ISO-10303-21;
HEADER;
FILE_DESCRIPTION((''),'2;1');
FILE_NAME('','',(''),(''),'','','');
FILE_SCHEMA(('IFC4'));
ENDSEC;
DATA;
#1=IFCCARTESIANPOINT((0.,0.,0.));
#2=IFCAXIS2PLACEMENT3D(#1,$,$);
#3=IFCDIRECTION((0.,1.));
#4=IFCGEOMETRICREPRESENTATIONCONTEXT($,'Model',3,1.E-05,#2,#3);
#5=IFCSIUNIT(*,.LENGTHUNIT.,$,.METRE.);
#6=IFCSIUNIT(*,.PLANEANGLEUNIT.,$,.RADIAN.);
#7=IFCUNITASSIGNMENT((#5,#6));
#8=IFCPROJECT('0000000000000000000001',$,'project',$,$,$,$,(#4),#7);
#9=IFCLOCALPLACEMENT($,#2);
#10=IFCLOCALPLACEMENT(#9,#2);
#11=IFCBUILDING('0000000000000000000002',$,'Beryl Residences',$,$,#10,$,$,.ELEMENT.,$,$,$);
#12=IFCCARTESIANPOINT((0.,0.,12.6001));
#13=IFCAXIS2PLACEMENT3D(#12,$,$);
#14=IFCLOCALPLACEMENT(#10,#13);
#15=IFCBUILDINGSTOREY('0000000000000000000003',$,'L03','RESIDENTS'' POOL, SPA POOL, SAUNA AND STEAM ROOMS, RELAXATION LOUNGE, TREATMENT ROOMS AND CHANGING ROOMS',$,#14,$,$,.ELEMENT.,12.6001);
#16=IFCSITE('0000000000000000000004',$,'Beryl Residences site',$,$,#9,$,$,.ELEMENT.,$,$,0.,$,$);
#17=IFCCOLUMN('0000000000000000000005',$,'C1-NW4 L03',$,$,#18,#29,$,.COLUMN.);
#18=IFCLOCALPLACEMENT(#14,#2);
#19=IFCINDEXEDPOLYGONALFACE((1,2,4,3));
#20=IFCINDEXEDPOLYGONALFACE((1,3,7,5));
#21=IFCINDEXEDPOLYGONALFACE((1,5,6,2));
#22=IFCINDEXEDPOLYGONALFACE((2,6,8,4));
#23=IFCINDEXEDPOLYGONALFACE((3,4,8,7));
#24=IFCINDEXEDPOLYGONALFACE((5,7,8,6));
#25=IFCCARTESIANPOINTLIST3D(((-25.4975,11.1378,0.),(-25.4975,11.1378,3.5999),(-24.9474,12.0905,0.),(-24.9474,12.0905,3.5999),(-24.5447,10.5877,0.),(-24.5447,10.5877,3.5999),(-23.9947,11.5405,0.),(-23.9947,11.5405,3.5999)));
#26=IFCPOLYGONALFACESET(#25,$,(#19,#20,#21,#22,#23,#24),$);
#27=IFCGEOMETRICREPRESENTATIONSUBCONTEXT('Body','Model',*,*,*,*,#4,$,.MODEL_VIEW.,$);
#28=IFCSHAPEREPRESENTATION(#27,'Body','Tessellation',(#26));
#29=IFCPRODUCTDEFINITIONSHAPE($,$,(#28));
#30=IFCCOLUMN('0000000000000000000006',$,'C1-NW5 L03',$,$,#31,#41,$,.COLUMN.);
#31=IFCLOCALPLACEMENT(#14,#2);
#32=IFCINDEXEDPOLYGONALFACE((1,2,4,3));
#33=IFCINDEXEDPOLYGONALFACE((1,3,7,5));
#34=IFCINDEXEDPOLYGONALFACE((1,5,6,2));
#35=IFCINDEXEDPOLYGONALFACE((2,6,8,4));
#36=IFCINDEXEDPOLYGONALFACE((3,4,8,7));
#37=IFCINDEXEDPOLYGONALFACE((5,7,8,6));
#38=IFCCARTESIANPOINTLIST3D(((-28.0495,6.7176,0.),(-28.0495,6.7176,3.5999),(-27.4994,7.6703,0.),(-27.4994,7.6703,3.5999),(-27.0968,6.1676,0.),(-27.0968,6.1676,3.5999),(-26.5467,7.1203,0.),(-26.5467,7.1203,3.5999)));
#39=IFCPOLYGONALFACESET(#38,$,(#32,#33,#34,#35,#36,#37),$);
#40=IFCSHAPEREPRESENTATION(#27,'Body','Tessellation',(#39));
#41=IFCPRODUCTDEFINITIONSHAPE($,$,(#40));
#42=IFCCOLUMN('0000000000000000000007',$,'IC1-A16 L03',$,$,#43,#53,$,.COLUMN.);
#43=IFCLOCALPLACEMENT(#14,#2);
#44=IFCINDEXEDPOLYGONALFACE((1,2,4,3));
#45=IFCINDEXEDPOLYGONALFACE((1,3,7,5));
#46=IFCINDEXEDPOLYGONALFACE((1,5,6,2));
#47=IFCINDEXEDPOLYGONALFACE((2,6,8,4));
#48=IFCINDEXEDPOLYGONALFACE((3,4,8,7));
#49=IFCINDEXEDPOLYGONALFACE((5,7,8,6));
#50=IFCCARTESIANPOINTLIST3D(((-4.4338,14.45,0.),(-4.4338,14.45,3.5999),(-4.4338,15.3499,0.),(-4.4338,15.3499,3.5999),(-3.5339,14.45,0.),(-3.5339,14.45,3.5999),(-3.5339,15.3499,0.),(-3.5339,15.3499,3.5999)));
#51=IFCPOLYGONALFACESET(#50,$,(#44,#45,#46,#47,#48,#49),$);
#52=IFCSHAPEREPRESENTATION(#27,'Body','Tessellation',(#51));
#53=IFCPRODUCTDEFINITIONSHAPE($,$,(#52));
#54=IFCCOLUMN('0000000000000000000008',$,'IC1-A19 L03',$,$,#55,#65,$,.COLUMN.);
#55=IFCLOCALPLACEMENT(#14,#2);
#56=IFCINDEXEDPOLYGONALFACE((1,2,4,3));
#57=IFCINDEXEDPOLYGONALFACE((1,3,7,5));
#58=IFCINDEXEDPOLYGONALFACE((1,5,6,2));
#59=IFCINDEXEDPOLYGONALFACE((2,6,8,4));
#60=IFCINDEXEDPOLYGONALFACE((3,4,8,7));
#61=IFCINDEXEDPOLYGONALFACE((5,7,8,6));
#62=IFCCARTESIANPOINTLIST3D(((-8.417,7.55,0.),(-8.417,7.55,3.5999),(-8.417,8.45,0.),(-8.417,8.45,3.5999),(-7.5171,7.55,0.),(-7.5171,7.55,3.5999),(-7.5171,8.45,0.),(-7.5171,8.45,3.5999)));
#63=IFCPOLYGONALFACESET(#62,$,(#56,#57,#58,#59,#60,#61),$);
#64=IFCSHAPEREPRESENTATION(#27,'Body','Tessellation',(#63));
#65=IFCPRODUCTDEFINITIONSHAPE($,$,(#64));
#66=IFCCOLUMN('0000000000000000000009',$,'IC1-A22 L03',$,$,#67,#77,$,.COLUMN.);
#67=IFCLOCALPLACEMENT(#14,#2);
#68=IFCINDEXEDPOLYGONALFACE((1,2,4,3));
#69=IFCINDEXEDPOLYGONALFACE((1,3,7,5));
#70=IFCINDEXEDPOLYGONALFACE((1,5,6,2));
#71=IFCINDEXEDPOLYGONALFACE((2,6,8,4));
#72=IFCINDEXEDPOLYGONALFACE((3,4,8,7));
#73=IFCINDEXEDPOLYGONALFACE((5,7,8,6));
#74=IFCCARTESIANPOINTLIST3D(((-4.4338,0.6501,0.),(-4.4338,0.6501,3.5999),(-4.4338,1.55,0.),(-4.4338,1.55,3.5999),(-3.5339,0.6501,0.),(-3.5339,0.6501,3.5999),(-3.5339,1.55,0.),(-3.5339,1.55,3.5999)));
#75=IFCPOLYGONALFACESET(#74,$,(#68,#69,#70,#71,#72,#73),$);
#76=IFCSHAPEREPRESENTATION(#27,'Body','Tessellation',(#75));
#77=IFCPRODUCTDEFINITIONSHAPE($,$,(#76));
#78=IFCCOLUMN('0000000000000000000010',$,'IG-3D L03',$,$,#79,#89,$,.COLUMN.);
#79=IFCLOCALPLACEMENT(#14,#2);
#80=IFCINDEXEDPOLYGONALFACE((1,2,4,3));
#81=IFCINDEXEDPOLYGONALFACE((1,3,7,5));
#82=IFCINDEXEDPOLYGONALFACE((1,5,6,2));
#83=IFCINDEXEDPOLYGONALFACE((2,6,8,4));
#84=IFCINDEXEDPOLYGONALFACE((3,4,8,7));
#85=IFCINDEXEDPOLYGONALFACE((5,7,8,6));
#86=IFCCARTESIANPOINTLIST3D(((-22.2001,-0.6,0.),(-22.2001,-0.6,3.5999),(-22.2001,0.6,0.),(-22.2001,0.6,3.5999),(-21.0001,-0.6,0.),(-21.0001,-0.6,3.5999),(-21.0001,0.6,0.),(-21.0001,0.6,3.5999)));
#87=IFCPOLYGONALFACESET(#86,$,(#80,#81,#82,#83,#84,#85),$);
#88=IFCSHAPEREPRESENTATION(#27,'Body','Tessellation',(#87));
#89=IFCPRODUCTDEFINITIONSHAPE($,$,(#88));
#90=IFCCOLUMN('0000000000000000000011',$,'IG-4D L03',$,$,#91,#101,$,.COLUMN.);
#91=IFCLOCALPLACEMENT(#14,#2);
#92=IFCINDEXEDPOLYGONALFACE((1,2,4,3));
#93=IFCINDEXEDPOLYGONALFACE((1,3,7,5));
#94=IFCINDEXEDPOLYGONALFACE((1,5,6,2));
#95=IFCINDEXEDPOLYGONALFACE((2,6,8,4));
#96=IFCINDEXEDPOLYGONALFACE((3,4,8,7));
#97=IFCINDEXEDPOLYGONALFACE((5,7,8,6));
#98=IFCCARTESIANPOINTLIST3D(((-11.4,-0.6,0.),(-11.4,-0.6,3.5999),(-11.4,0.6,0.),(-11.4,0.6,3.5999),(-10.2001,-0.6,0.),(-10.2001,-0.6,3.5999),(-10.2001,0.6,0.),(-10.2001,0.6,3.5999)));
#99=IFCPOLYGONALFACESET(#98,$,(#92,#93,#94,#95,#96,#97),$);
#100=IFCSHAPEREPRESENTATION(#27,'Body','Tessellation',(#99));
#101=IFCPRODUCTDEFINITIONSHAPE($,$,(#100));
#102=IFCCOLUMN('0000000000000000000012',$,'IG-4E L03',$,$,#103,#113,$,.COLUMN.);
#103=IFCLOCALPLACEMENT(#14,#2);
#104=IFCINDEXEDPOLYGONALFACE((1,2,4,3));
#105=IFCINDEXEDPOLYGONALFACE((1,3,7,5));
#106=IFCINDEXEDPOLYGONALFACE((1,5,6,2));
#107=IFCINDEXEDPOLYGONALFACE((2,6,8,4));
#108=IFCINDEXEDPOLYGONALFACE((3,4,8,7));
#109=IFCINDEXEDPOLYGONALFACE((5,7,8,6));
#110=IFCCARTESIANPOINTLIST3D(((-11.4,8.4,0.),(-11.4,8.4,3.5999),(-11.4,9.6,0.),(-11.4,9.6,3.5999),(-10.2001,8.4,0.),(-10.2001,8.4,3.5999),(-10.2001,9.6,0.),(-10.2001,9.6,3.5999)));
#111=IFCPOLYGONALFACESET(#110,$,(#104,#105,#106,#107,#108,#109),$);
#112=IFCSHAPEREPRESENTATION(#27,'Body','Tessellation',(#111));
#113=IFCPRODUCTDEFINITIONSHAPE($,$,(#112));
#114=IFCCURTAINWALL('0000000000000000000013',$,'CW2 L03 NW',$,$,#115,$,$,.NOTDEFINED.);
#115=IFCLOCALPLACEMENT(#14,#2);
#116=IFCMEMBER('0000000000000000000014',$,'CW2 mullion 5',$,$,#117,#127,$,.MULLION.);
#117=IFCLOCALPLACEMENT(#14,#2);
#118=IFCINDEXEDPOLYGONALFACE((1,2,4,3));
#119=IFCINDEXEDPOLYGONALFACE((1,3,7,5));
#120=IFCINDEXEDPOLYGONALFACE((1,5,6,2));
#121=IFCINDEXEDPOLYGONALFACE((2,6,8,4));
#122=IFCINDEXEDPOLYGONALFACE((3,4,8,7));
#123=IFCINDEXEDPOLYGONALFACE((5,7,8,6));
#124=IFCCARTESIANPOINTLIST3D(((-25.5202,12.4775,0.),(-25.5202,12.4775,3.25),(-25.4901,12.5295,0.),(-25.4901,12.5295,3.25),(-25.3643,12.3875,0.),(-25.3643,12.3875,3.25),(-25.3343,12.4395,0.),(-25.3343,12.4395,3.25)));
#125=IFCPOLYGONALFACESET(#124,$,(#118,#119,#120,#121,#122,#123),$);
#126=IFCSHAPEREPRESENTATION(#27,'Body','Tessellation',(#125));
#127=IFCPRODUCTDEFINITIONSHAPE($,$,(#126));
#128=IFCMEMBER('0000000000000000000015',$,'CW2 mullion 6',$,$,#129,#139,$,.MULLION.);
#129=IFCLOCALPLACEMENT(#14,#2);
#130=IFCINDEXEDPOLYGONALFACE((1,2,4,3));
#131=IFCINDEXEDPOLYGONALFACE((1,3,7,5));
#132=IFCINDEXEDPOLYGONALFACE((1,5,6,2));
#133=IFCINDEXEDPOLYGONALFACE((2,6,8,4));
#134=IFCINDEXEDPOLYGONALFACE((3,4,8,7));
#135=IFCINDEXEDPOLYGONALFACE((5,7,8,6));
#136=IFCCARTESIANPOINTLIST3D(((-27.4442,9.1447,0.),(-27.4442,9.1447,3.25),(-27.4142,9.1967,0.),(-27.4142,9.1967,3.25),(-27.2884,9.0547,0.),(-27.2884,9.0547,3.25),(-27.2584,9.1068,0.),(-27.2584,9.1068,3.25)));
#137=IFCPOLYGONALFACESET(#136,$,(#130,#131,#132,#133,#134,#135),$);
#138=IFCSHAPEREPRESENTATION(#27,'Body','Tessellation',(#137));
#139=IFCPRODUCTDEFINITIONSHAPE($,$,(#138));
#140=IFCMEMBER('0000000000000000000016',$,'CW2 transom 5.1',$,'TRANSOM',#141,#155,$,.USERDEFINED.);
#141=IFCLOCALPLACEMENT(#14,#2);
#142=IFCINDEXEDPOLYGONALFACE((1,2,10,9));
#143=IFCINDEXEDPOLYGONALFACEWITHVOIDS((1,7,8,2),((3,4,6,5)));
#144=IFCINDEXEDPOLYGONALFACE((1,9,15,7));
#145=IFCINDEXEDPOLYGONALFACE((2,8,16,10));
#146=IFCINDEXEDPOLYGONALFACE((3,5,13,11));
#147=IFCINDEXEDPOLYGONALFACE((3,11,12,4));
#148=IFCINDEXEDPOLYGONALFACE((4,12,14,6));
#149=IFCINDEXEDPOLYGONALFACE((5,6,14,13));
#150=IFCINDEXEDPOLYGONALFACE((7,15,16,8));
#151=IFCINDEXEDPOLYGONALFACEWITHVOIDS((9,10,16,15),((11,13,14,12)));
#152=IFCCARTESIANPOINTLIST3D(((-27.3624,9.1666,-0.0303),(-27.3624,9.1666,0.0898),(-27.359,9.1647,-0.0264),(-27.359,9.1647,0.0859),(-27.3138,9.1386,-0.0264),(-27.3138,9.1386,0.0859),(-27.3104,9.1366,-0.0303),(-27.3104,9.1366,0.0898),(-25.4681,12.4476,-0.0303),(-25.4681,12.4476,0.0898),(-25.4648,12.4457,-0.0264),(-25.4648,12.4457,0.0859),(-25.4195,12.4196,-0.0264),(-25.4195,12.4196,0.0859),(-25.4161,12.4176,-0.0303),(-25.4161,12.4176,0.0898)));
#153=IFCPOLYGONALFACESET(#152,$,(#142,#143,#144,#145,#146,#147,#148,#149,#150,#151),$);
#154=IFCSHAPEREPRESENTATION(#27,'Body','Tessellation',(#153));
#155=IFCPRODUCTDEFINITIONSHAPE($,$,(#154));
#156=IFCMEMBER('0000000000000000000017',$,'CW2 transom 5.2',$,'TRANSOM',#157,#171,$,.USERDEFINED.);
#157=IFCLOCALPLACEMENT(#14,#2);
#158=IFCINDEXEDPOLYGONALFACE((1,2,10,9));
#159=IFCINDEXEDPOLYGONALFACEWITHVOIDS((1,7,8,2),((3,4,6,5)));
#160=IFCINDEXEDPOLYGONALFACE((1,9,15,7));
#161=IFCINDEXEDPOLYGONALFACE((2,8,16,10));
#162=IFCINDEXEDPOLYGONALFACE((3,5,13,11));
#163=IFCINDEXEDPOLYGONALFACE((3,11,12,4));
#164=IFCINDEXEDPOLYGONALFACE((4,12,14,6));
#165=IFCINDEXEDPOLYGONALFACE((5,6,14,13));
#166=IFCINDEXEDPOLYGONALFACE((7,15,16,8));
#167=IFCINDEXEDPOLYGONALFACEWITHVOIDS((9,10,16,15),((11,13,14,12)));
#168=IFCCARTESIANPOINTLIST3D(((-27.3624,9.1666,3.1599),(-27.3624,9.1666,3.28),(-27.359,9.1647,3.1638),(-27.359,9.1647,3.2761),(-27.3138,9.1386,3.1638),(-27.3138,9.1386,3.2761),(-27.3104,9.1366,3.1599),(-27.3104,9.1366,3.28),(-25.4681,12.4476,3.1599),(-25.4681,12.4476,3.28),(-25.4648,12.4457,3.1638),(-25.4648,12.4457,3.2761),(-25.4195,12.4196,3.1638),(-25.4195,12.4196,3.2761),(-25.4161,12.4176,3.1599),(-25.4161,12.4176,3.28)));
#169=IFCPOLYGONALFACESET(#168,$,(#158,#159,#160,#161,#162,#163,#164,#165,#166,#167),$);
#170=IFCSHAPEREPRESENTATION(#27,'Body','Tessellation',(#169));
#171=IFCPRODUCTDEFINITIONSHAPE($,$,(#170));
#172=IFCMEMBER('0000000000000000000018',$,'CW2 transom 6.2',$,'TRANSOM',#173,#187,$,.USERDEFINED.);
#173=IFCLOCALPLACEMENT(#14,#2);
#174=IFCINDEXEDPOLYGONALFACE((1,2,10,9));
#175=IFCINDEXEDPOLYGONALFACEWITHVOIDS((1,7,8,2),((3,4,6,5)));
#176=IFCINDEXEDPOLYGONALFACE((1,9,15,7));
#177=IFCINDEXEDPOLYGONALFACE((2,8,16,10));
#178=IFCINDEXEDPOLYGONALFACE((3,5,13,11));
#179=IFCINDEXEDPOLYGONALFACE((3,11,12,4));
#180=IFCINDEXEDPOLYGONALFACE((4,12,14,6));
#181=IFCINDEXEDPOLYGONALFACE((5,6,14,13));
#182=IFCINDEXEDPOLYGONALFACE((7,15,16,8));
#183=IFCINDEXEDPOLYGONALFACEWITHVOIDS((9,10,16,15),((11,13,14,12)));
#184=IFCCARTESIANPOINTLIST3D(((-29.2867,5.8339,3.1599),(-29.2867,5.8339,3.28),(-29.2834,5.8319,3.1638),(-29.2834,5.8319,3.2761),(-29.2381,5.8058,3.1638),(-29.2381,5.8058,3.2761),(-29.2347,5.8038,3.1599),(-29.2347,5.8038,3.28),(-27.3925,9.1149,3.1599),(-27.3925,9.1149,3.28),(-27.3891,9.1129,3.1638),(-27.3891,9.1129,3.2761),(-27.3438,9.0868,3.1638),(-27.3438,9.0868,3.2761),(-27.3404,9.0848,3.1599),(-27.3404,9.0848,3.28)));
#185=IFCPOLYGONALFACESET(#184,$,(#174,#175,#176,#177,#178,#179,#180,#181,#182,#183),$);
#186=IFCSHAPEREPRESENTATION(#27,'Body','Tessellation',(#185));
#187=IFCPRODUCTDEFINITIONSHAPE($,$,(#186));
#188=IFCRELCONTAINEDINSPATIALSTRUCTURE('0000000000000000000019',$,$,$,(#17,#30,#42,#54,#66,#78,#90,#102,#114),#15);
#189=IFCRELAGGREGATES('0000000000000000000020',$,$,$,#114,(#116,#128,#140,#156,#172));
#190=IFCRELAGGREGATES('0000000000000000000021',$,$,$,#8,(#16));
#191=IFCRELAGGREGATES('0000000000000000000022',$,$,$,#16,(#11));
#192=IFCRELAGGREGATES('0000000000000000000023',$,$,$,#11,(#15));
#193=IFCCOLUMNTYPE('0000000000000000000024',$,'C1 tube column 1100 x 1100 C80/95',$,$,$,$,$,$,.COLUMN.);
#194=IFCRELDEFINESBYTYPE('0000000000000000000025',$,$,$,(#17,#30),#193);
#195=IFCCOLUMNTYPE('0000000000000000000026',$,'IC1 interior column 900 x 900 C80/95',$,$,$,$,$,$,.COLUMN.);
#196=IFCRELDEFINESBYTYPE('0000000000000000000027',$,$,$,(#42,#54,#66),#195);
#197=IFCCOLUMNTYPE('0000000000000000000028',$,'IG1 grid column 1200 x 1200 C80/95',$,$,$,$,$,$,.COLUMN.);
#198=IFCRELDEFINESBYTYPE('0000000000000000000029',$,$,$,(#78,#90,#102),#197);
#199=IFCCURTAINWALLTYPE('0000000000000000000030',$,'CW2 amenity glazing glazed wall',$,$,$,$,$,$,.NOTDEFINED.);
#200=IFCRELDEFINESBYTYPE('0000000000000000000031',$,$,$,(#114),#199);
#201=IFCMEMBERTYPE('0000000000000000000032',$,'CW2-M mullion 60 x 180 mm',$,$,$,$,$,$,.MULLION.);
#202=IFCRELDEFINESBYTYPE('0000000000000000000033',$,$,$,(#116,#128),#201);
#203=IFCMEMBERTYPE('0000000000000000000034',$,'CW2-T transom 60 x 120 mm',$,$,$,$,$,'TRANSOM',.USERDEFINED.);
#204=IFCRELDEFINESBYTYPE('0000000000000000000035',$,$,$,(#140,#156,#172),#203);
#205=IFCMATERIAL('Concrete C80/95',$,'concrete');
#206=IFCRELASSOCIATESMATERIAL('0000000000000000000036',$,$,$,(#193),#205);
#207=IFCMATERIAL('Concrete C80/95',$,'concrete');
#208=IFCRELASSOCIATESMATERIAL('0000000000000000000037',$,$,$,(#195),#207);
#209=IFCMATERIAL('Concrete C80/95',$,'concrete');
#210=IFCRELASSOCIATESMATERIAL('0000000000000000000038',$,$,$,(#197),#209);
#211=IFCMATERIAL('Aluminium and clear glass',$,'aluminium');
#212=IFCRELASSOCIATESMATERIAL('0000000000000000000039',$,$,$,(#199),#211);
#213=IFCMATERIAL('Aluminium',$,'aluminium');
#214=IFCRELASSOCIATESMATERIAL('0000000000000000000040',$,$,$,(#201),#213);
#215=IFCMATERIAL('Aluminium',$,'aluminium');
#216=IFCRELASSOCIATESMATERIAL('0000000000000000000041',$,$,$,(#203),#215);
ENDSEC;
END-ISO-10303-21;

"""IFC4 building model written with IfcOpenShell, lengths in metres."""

from ifc_helpers import new_model, si_unit, direction, frame, origin, origin_2d, place, context, subcontext, project, spatial, rectangle, hollow_rectangle, extrude, material, material_profile, profile_set, type_object, element, aggregate, save


model = new_model("IFC4")

# Units and contexts
model_context = context("Model", 3, precision=1e-05, world=origin(), true_north=direction((0.0, 1.0)))
body_context = subcontext(model_context, "Body", "Model", "MODEL_VIEW")
ifc_project = project(units=[si_unit("LENGTHUNIT", "METRE"), si_unit("PLANEANGLEUNIT", "RADIAN")], contexts=[model_context])

# Site, building, storey
site_placement = place(None, origin())
site = spatial("IfcSite", under=ifc_project, at=site_placement, Name="Beryl Residences site", CompositionType="ELEMENT", RefElevation=0.0)
building_placement = place(site_placement, origin())
building = spatial("IfcBuilding", under=site, at=building_placement, Name="Beryl Residences", CompositionType="ELEMENT")
storey_placement = place(building_placement, frame((0.0, 0.0, 12.6001)))
storey = spatial("IfcBuildingStorey", under=building, at=storey_placement, Name="L03", Description="RESIDENTS' POOL, SPA POOL, SAUNA AND STEAM ROOMS, RELAXATION LOUNGE, TREATMENT ROOMS AND CHANGING ROOMS", CompositionType="ELEMENT", Elevation=12.6001)

# Columns
ifc_material_1 = material(Name="Concrete C80/95", Category="concrete")
ifc_material_profile_1 = material_profile(ifc_material_1, rectangle(XDim=1.1001, YDim=1.1001, at=origin_2d()))
ifc_profile_set_1 = profile_set([ifc_material_profile_1], Name="Concrete C80/95")
column_type_1 = type_object("IfcColumnType", Name="C1 tube column 1100 x 1100 C80/95", PredefinedType="COLUMN", material=ifc_profile_set_1)
for number, where, z_axis, x_axis, name in (
    (1, (-24.7461, 11.3391, 0.0), (0.0, 0.0, 1.0), (-0.499985, -0.866034, 0.0), "C1-NW4 L03"),
    (2, (-27.2981, 6.9189, 0.0), (0.0, 0.0, 1.0), (-0.499985, -0.866034, 0.0), "C1-NW5 L03"),
):
    element("IfcColumn", number, at=place(storey_placement, frame(where, z_axis=z_axis, x_axis=x_axis)), inside=storey, type_object=column_type_1, Name=name, PredefinedType="COLUMN", context=body_context, shape_type="SweptSolid", body=[
        extrude(rectangle(XDim=1.1001, YDim=1.1001, at=origin_2d()), origin(), (0.0, 0.0, 1.0), 3.5999),
    ])
ifc_material_2 = material(Name="Concrete C80/95", Category="concrete")
ifc_material_profile_2 = material_profile(ifc_material_2, rectangle(XDim=0.8999, YDim=0.8999, at=origin_2d()))
ifc_profile_set_2 = profile_set([ifc_material_profile_2], Name="Concrete C80/95")
column_type_2 = type_object("IfcColumnType", Name="IC1 interior column 900 x 900 C80/95", PredefinedType="COLUMN", material=ifc_profile_set_2)
for number, where, z_axis, x_axis, name in (
    (3, (-3.9839, 14.8999, 0.0), (0.0, 0.0, 1.0), (1.0, 0.0, 0.0), "IC1-A16 L03"),
    (4, (-7.967, 8.0, 0.0), (0.0, 0.0, 1.0), (1.0, 0.0, 0.0), "IC1-A19 L03"),
    (5, (-3.9839, 1.1001, 0.0), (0.0, 0.0, 1.0), (1.0, 0.0, 0.0), "IC1-A22 L03"),
):
    element("IfcColumn", number, at=place(storey_placement, frame(where, z_axis=z_axis, x_axis=x_axis)), inside=storey, type_object=column_type_2, Name=name, PredefinedType="COLUMN", context=body_context, shape_type="SweptSolid", body=[
        extrude(rectangle(XDim=0.8999, YDim=0.8999, at=origin_2d()), origin(), (0.0, 0.0, 1.0), 3.5999),
    ])
ifc_material_3 = material(Name="Concrete C80/95", Category="concrete")
ifc_material_profile_3 = material_profile(ifc_material_3, rectangle(XDim=1.2, YDim=1.2, at=origin_2d()))
ifc_profile_set_3 = profile_set([ifc_material_profile_3], Name="Concrete C80/95")
column_type_3 = type_object("IfcColumnType", Name="IG1 grid column 1200 x 1200 C80/95", PredefinedType="COLUMN", material=ifc_profile_set_3)
for number, where, z_axis, x_axis, name in (
    (6, (-21.6001, 0.0, 0.0), (0.0, 0.0, 1.0), (1.0, 0.0, 0.0), "IG-3D L03"),
    (7, (-10.8, 0.0, 0.0), (0.0, 0.0, 1.0), (1.0, 0.0, 0.0), "IG-4D L03"),
    (8, (-10.8, 9.0, 0.0), (0.0, 0.0, 1.0), (1.0, 0.0, 0.0), "IG-4E L03"),
):
    element("IfcColumn", number, at=place(storey_placement, frame(where, z_axis=z_axis, x_axis=x_axis)), inside=storey, type_object=column_type_3, Name=name, PredefinedType="COLUMN", context=body_context, shape_type="SweptSolid", body=[
        extrude(rectangle(XDim=1.2, YDim=1.2, at=origin_2d()), origin(), (0.0, 0.0, 1.0), 3.5999),
    ])

# Curtain wall, members
ifc_material_4 = material(Name="Aluminium and clear glass", Category="aluminium")
curtain_wall_type = type_object("IfcCurtainWallType", Name="CW2 amenity glazing glazed wall", PredefinedType="NOTDEFINED", material=ifc_material_4)
curtain_wall_placement = place(storey_placement, origin())
curtain_wall = element("IfcCurtainWall", 9, at=curtain_wall_placement, inside=storey, type_object=curtain_wall_type, Name="CW2 L03 NW", PredefinedType="NOTDEFINED")
ifc_material_5 = material(Name="Aluminium", Category="aluminium")
ifc_material_profile_4 = material_profile(ifc_material_5, rectangle(XDim=0.0601, YDim=0.1799, at=origin_2d()))
ifc_profile_set_4 = profile_set([ifc_material_profile_4], Name="Aluminium")
member_type_1 = type_object("IfcMemberType", Name="CW2-M mullion 60 x 180 mm", PredefinedType="MULLION", material=ifc_profile_set_4)
member_1_placement = place(storey_placement, frame((-25.4272, 12.4585, 0.0), z_axis=(0.0, 0.0, 1.0), x_axis=(-0.500012, -0.866019, 0.0)))
member_1 = element("IfcMember", 10, at=member_1_placement, type_object=member_type_1, Name="CW2 mullion 5", PredefinedType="MULLION", context=body_context, shape_type="SweptSolid", body=[
    extrude(rectangle(XDim=0.0601, YDim=0.1799, at=origin_2d()), origin(), (0.0, 0.0, 1.0), 3.25),
])
member_2_placement = place(storey_placement, frame((-27.3513, 9.1257, 0.0), z_axis=(0.0, 0.0, 1.0), x_axis=(-0.500012, -0.866019, 0.0)))
member_2 = element("IfcMember", 11, at=member_2_placement, type_object=member_type_1, Name="CW2 mullion 6", PredefinedType="MULLION", context=body_context, shape_type="SweptSolid", body=[
    extrude(rectangle(XDim=0.0601, YDim=0.1799, at=origin_2d()), origin(), (0.0, 0.0, 1.0), 3.25),
])
ifc_material_6 = material(Name="Aluminium", Category="aluminium")
ifc_material_profile_5 = material_profile(ifc_material_6, hollow_rectangle(XDim=0.0601, YDim=0.1201, WallThickness=0.0039, at=origin_2d()))
ifc_profile_set_5 = profile_set([ifc_material_profile_5], Name="Aluminium")
member_type_2 = type_object("IfcMemberType", Name="CW2-T transom 60 x 120 mm", ElementType="TRANSOM", PredefinedType="USERDEFINED", material=ifc_profile_set_5)
member_3_placement = place(storey_placement, frame((-25.4421, 12.4326, 0.0298), z_axis=(-0.5, -0.866026, 0.0), x_axis=(0.866026, -0.5, 0.0)))
member_3 = element("IfcMember", 12, at=member_3_placement, type_object=member_type_2, Name="CW2 transom 5.1", ObjectType="TRANSOM", PredefinedType="USERDEFINED", context=body_context, shape_type="SweptSolid", body=[
    extrude(hollow_rectangle(XDim=0.0601, YDim=0.1201, WallThickness=0.0039, at=origin_2d()), origin(), (0.0, 0.0, 1.0), 3.7886),
])
member_4_placement = place(storey_placement, frame((-25.4421, 12.4326, 3.22), z_axis=(-0.5, -0.866026, 0.0), x_axis=(0.866026, -0.5, 0.0)))
member_4 = element("IfcMember", 13, at=member_4_placement, type_object=member_type_2, Name="CW2 transom 5.2", ObjectType="TRANSOM", PredefinedType="USERDEFINED", context=body_context, shape_type="SweptSolid", body=[
    extrude(hollow_rectangle(XDim=0.0601, YDim=0.1201, WallThickness=0.0039, at=origin_2d()), origin(), (0.0, 0.0, 1.0), 3.7886),
])
member_5_placement = place(storey_placement, frame((-27.3665, 9.0999, 3.22), z_axis=(-0.5, -0.866026, 0.0), x_axis=(0.866026, -0.5, 0.0)))
member_5 = element("IfcMember", 14, at=member_5_placement, type_object=member_type_2, Name="CW2 transom 6.2", ObjectType="TRANSOM", PredefinedType="USERDEFINED", context=body_context, shape_type="SweptSolid", body=[
    extrude(hollow_rectangle(XDim=0.0601, YDim=0.1201, WallThickness=0.0039, at=origin_2d()), origin(), (0.0, 0.0, 1.0), 3.7886),
])

aggregate(curtain_wall, [member_1, member_2, member_3, member_4, member_5])

save(model, "model.ifc")
